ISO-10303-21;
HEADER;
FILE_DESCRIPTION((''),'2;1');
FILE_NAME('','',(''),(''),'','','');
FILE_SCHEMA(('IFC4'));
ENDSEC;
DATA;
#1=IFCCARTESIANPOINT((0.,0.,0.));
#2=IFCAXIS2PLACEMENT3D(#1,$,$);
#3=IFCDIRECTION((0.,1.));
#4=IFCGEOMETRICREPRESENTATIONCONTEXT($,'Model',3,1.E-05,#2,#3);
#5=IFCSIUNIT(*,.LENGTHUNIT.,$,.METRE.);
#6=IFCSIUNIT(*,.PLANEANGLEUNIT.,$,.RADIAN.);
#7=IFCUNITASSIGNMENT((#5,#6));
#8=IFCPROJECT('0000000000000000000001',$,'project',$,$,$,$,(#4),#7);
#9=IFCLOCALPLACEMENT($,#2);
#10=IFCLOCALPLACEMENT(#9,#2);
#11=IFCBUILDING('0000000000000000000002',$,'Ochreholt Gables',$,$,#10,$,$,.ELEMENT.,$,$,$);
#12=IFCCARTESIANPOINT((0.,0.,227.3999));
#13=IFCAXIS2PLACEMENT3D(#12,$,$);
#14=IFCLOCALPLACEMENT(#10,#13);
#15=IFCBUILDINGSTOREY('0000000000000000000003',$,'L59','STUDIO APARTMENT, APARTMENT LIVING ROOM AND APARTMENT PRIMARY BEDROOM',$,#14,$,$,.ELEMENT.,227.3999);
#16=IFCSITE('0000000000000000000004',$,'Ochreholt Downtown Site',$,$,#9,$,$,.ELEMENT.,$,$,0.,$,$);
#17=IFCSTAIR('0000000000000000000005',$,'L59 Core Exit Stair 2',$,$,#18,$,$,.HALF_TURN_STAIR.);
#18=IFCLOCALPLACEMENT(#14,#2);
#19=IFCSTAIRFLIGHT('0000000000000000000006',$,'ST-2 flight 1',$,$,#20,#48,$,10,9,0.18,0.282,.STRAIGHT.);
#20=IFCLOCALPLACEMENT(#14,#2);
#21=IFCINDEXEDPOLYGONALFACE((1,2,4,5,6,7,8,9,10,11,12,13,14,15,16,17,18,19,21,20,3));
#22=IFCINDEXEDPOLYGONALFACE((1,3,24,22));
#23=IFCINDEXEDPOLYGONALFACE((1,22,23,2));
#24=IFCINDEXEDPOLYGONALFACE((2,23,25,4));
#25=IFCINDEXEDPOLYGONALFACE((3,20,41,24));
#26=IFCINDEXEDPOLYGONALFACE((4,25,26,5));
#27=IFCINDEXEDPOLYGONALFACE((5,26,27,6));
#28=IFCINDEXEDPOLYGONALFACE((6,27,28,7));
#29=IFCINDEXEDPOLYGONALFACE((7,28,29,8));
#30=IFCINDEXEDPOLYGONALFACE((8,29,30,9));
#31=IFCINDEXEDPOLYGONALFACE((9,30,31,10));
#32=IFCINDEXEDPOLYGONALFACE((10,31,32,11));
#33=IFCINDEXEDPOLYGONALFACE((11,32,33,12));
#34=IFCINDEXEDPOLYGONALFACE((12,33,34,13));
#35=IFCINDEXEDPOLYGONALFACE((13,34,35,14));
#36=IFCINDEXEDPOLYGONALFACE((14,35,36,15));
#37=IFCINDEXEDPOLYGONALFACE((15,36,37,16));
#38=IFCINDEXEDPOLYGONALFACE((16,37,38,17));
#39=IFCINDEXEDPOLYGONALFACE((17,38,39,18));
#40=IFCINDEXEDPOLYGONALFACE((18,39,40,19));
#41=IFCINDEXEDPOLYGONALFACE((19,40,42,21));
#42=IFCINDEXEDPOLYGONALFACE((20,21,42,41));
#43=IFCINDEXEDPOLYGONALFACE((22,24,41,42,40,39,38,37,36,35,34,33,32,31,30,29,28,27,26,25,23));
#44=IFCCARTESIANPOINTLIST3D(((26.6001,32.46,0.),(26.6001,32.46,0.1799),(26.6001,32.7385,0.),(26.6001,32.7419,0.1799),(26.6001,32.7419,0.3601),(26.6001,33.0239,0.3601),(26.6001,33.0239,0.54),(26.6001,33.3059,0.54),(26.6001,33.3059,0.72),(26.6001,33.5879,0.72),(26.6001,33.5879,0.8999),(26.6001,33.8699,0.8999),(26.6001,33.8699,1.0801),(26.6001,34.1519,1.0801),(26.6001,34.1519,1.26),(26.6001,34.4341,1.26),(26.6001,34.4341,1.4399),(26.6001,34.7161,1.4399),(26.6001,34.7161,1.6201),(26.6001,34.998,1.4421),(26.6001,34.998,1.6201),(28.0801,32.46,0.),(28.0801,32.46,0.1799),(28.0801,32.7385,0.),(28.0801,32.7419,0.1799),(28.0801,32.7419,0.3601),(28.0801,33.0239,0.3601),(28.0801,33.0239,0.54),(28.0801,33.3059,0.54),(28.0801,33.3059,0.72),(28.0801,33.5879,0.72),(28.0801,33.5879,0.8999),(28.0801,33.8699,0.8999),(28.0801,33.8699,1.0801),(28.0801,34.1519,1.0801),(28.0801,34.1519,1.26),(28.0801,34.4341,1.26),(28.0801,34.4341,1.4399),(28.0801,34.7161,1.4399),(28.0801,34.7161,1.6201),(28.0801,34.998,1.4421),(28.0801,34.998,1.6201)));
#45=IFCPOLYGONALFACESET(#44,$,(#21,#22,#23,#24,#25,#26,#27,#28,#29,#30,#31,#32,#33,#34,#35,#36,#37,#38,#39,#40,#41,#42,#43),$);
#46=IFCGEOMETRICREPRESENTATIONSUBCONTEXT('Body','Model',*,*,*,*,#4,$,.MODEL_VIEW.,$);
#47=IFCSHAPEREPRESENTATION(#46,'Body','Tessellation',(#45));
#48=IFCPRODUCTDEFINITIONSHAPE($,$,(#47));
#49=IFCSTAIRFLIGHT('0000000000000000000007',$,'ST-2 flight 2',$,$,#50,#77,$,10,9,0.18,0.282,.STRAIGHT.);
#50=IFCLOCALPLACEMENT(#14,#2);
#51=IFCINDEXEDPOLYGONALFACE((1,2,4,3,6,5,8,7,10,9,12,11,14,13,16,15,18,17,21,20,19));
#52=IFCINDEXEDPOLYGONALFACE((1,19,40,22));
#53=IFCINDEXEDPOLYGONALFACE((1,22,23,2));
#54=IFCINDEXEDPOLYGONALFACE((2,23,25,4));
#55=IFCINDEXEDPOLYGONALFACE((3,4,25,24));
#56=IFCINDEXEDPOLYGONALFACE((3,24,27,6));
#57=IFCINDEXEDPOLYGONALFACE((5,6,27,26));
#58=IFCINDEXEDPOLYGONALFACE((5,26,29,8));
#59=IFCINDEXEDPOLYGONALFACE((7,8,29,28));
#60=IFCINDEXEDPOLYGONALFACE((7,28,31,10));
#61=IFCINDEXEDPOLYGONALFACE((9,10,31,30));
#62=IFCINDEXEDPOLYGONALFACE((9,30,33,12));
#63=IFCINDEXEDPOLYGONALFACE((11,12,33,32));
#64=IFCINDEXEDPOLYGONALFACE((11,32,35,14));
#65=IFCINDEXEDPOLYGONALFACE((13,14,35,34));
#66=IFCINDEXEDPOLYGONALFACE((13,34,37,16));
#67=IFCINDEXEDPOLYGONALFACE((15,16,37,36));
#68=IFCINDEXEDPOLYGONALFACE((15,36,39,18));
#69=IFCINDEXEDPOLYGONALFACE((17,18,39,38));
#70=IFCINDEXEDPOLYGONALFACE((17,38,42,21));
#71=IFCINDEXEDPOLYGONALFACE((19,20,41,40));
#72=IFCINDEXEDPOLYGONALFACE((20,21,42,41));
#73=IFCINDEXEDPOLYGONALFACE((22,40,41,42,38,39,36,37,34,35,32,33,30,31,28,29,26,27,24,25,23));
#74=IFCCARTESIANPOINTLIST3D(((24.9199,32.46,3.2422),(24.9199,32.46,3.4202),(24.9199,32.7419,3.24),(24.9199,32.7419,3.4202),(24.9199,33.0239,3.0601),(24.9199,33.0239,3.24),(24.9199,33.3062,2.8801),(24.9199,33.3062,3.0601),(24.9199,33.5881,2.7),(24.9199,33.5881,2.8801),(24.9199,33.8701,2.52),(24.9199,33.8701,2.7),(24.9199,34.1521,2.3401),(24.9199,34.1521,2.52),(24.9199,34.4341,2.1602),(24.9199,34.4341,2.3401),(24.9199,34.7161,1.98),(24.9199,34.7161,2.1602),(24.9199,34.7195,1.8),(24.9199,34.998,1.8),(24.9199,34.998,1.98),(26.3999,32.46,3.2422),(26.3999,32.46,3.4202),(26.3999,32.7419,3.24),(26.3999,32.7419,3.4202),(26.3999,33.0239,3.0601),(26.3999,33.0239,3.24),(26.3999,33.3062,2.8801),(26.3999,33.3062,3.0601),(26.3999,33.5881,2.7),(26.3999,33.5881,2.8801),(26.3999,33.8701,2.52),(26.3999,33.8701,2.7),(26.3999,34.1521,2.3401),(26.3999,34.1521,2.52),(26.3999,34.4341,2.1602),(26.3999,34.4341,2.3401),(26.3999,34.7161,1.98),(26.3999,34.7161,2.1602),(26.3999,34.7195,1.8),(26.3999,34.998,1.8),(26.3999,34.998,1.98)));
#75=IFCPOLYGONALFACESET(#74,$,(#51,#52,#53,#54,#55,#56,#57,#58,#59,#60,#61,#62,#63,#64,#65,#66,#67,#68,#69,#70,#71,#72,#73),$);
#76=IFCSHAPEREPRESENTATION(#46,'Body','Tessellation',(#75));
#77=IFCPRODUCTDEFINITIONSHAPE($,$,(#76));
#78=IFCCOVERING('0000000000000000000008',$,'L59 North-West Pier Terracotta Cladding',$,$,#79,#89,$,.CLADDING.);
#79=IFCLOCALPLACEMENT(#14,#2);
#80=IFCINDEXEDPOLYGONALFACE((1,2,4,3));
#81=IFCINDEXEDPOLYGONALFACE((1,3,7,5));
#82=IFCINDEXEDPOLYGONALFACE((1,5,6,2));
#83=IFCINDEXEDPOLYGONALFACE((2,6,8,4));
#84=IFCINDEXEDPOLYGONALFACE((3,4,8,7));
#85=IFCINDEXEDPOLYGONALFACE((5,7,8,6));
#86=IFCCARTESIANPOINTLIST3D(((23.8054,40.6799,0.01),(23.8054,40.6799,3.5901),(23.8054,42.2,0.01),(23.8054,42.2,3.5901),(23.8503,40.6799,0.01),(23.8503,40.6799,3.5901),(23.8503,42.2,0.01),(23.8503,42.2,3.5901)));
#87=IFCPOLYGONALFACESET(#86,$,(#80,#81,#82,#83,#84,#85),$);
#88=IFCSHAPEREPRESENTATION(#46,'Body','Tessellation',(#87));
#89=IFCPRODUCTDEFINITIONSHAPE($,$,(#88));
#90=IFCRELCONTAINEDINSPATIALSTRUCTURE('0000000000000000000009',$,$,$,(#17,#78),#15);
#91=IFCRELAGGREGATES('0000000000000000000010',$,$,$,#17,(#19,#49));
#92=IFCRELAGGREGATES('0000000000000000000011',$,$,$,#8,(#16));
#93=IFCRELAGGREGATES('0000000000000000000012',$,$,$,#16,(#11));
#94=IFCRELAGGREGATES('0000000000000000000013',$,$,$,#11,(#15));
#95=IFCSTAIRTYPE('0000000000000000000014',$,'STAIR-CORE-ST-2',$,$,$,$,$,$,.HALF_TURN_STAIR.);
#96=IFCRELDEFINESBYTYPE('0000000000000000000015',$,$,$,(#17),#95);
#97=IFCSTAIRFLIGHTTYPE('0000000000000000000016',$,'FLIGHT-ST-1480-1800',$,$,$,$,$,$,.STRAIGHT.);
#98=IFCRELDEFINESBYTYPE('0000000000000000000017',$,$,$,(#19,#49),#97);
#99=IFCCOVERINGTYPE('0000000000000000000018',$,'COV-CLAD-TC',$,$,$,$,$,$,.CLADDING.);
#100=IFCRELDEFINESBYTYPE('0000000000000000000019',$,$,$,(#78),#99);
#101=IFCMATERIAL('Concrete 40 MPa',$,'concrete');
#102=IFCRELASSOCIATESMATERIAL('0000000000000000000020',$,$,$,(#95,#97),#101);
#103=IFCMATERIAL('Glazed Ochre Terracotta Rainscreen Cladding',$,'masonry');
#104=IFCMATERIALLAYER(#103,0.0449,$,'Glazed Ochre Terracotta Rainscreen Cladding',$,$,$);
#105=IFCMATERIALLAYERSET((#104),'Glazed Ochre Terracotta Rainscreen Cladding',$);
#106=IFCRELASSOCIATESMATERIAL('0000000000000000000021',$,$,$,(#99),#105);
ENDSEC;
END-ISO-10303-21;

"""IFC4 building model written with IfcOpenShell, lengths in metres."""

from ifc_helpers import new_model, si_unit, direction, frame, origin, origin_2d, place, context, subcontext, project, spatial, polyline, rectangle, outline, extrude, material, layer, layer_set, type_object, element, aggregate, save


model = new_model("IFC4")

# Units and contexts
model_context = context("Model", 3, precision=1e-05, world=origin(), true_north=direction((0.0, 1.0)))
body_context = subcontext(model_context, "Body", "Model", "MODEL_VIEW")
ifc_project = project(units=[si_unit("LENGTHUNIT", "METRE"), si_unit("PLANEANGLEUNIT", "RADIAN")], contexts=[model_context])

# Site, building, storey
site_placement = place(None, origin())
site = spatial("IfcSite", under=ifc_project, at=site_placement, Name="Ochreholt Downtown Site", CompositionType="ELEMENT", RefElevation=0.0)
building_placement = place(site_placement, origin())
building = spatial("IfcBuilding", under=site, at=building_placement, Name="Ochreholt Gables", CompositionType="ELEMENT")
storey_placement = place(building_placement, frame((0.0, 0.0, 227.3999)))
storey = spatial("IfcBuildingStorey", under=building, at=storey_placement, Name="L59", Description="STUDIO APARTMENT, APARTMENT LIVING ROOM AND APARTMENT PRIMARY BEDROOM", CompositionType="ELEMENT", Elevation=227.3999)

# Stair, stair flights
ifc_material_1 = material(Name="Concrete 40 MPa", Category="concrete")
stair_type = type_object("IfcStairType", Name="STAIR-CORE-ST-2", PredefinedType="HALF_TURN_STAIR", material=ifc_material_1)
stair_placement = place(storey_placement, origin())
stair = element("IfcStair", 1, at=stair_placement, inside=storey, type_object=stair_type, Name="L59 Core Exit Stair 2", PredefinedType="HALF_TURN_STAIR")
stair_flight_type = type_object("IfcStairFlightType", Name="FLIGHT-ST-1480-1800", PredefinedType="STRAIGHT", material=ifc_material_1)
stair_flight_1_placement = place(storey_placement, frame((27.3401, 32.46, 0.0), z_axis=(0.0, 0.0, 1.0), x_axis=(0.0, 1.0, 0.0)))
stair_flight_1 = element("IfcStairFlight", 2, at=stair_flight_1_placement, type_object=stair_flight_type, Name="ST-2 flight 1", NumberOfRisers=10, NumberOfTreads=9, PredefinedType="STRAIGHT", RiserHeight=0.18, TreadLength=0.282, context=body_context, shape_type="SweptSolid", body=[
    extrude(outline(polyline([(0.0, 0.0), (0.0, 0.1799), (0.282, 0.1799), (0.282, 0.3601), (0.564, 0.3601), (0.564, 0.54), (0.8459, 0.54), (0.8459, 0.72), (1.1279, 0.72), (1.1279, 0.8999), (1.4099, 0.8999), (1.4099, 1.0801), (1.6919, 1.0801), (1.6919, 1.26), (1.9741, 1.26), (1.9741, 1.4399), (2.2561, 1.4399), (2.2561, 1.6201), (2.5381, 1.6201), (2.5381, 1.8), (2.5381, 1.4421), (0.2786, 0.0), (0.0, 0.0)])), frame((0.0, 0.74, 0.0), z_axis=(0.0, -1.0, 0.0), x_axis=(1.0, 0.0, 0.0)), (0.0, 0.0, 1.0), 1.48),
])
stair_flight_2_placement = place(storey_placement, frame((25.6599, 34.998, 1.8), z_axis=(0.0, 0.0, 1.0), x_axis=(0.0, -1.0, 0.0)))
stair_flight_2 = element("IfcStairFlight", 3, at=stair_flight_2_placement, type_object=stair_flight_type, Name="ST-2 flight 2", NumberOfRisers=10, NumberOfTreads=9, PredefinedType="STRAIGHT", RiserHeight=0.18, TreadLength=0.282, context=body_context, shape_type="SweptSolid", body=[
    extrude(outline(polyline([(0.0, 0.0), (0.0, 0.1799), (0.282, 0.1799), (0.282, 0.3601), (0.564, 0.3601), (0.564, 0.54), (0.8459, 0.54), (0.8459, 0.72), (1.1279, 0.72), (1.1279, 0.8999), (1.4099, 0.8999), (1.4099, 1.0801), (1.6919, 1.0801), (1.6919, 1.26), (1.9741, 1.26), (1.9741, 1.4399), (2.2561, 1.4399), (2.2561, 1.6201), (2.5381, 1.6201), (2.5381, 1.8), (2.5381, 1.4421), (0.2786, 0.0), (0.0, 0.0)])), frame((0.0, 0.74, 0.0), z_axis=(0.0, -1.0, 0.0), x_axis=(1.0, 0.0, 0.0)), (0.0, 0.0, 1.0), 1.48),
])
aggregate(stair, [stair_flight_1, stair_flight_2])

# Covering
ifc_material_2 = material(Name="Glazed Ochre Terracotta Rainscreen Cladding", Category="masonry")
ifc_layer_1 = layer(ifc_material_2, 0.0449, Name="Glazed Ochre Terracotta Rainscreen Cladding")
ifc_layer_set_1 = layer_set([ifc_layer_1], Name="Glazed Ochre Terracotta Rainscreen Cladding")
covering_type = type_object("IfcCoveringType", Name="COV-CLAD-TC", PredefinedType="CLADDING", material=ifc_layer_set_1)
covering_placement = place(storey_placement, frame((23.8279, 41.4399, 0.01), z_axis=(0.0, 0.0, 1.0), x_axis=(0.0, 1.0, 0.0)))
element("IfcCovering", 4, at=covering_placement, inside=storey, type_object=covering_type, Name="L59 North-West Pier Terracotta Cladding", PredefinedType="CLADDING", context=body_context, shape_type="SweptSolid", body=[
    extrude(rectangle(XDim=1.52, YDim=0.0449, at=origin_2d()), origin(), (0.0, 0.0, 1.0), 3.5801),
])

save(model, "model.ifc")
